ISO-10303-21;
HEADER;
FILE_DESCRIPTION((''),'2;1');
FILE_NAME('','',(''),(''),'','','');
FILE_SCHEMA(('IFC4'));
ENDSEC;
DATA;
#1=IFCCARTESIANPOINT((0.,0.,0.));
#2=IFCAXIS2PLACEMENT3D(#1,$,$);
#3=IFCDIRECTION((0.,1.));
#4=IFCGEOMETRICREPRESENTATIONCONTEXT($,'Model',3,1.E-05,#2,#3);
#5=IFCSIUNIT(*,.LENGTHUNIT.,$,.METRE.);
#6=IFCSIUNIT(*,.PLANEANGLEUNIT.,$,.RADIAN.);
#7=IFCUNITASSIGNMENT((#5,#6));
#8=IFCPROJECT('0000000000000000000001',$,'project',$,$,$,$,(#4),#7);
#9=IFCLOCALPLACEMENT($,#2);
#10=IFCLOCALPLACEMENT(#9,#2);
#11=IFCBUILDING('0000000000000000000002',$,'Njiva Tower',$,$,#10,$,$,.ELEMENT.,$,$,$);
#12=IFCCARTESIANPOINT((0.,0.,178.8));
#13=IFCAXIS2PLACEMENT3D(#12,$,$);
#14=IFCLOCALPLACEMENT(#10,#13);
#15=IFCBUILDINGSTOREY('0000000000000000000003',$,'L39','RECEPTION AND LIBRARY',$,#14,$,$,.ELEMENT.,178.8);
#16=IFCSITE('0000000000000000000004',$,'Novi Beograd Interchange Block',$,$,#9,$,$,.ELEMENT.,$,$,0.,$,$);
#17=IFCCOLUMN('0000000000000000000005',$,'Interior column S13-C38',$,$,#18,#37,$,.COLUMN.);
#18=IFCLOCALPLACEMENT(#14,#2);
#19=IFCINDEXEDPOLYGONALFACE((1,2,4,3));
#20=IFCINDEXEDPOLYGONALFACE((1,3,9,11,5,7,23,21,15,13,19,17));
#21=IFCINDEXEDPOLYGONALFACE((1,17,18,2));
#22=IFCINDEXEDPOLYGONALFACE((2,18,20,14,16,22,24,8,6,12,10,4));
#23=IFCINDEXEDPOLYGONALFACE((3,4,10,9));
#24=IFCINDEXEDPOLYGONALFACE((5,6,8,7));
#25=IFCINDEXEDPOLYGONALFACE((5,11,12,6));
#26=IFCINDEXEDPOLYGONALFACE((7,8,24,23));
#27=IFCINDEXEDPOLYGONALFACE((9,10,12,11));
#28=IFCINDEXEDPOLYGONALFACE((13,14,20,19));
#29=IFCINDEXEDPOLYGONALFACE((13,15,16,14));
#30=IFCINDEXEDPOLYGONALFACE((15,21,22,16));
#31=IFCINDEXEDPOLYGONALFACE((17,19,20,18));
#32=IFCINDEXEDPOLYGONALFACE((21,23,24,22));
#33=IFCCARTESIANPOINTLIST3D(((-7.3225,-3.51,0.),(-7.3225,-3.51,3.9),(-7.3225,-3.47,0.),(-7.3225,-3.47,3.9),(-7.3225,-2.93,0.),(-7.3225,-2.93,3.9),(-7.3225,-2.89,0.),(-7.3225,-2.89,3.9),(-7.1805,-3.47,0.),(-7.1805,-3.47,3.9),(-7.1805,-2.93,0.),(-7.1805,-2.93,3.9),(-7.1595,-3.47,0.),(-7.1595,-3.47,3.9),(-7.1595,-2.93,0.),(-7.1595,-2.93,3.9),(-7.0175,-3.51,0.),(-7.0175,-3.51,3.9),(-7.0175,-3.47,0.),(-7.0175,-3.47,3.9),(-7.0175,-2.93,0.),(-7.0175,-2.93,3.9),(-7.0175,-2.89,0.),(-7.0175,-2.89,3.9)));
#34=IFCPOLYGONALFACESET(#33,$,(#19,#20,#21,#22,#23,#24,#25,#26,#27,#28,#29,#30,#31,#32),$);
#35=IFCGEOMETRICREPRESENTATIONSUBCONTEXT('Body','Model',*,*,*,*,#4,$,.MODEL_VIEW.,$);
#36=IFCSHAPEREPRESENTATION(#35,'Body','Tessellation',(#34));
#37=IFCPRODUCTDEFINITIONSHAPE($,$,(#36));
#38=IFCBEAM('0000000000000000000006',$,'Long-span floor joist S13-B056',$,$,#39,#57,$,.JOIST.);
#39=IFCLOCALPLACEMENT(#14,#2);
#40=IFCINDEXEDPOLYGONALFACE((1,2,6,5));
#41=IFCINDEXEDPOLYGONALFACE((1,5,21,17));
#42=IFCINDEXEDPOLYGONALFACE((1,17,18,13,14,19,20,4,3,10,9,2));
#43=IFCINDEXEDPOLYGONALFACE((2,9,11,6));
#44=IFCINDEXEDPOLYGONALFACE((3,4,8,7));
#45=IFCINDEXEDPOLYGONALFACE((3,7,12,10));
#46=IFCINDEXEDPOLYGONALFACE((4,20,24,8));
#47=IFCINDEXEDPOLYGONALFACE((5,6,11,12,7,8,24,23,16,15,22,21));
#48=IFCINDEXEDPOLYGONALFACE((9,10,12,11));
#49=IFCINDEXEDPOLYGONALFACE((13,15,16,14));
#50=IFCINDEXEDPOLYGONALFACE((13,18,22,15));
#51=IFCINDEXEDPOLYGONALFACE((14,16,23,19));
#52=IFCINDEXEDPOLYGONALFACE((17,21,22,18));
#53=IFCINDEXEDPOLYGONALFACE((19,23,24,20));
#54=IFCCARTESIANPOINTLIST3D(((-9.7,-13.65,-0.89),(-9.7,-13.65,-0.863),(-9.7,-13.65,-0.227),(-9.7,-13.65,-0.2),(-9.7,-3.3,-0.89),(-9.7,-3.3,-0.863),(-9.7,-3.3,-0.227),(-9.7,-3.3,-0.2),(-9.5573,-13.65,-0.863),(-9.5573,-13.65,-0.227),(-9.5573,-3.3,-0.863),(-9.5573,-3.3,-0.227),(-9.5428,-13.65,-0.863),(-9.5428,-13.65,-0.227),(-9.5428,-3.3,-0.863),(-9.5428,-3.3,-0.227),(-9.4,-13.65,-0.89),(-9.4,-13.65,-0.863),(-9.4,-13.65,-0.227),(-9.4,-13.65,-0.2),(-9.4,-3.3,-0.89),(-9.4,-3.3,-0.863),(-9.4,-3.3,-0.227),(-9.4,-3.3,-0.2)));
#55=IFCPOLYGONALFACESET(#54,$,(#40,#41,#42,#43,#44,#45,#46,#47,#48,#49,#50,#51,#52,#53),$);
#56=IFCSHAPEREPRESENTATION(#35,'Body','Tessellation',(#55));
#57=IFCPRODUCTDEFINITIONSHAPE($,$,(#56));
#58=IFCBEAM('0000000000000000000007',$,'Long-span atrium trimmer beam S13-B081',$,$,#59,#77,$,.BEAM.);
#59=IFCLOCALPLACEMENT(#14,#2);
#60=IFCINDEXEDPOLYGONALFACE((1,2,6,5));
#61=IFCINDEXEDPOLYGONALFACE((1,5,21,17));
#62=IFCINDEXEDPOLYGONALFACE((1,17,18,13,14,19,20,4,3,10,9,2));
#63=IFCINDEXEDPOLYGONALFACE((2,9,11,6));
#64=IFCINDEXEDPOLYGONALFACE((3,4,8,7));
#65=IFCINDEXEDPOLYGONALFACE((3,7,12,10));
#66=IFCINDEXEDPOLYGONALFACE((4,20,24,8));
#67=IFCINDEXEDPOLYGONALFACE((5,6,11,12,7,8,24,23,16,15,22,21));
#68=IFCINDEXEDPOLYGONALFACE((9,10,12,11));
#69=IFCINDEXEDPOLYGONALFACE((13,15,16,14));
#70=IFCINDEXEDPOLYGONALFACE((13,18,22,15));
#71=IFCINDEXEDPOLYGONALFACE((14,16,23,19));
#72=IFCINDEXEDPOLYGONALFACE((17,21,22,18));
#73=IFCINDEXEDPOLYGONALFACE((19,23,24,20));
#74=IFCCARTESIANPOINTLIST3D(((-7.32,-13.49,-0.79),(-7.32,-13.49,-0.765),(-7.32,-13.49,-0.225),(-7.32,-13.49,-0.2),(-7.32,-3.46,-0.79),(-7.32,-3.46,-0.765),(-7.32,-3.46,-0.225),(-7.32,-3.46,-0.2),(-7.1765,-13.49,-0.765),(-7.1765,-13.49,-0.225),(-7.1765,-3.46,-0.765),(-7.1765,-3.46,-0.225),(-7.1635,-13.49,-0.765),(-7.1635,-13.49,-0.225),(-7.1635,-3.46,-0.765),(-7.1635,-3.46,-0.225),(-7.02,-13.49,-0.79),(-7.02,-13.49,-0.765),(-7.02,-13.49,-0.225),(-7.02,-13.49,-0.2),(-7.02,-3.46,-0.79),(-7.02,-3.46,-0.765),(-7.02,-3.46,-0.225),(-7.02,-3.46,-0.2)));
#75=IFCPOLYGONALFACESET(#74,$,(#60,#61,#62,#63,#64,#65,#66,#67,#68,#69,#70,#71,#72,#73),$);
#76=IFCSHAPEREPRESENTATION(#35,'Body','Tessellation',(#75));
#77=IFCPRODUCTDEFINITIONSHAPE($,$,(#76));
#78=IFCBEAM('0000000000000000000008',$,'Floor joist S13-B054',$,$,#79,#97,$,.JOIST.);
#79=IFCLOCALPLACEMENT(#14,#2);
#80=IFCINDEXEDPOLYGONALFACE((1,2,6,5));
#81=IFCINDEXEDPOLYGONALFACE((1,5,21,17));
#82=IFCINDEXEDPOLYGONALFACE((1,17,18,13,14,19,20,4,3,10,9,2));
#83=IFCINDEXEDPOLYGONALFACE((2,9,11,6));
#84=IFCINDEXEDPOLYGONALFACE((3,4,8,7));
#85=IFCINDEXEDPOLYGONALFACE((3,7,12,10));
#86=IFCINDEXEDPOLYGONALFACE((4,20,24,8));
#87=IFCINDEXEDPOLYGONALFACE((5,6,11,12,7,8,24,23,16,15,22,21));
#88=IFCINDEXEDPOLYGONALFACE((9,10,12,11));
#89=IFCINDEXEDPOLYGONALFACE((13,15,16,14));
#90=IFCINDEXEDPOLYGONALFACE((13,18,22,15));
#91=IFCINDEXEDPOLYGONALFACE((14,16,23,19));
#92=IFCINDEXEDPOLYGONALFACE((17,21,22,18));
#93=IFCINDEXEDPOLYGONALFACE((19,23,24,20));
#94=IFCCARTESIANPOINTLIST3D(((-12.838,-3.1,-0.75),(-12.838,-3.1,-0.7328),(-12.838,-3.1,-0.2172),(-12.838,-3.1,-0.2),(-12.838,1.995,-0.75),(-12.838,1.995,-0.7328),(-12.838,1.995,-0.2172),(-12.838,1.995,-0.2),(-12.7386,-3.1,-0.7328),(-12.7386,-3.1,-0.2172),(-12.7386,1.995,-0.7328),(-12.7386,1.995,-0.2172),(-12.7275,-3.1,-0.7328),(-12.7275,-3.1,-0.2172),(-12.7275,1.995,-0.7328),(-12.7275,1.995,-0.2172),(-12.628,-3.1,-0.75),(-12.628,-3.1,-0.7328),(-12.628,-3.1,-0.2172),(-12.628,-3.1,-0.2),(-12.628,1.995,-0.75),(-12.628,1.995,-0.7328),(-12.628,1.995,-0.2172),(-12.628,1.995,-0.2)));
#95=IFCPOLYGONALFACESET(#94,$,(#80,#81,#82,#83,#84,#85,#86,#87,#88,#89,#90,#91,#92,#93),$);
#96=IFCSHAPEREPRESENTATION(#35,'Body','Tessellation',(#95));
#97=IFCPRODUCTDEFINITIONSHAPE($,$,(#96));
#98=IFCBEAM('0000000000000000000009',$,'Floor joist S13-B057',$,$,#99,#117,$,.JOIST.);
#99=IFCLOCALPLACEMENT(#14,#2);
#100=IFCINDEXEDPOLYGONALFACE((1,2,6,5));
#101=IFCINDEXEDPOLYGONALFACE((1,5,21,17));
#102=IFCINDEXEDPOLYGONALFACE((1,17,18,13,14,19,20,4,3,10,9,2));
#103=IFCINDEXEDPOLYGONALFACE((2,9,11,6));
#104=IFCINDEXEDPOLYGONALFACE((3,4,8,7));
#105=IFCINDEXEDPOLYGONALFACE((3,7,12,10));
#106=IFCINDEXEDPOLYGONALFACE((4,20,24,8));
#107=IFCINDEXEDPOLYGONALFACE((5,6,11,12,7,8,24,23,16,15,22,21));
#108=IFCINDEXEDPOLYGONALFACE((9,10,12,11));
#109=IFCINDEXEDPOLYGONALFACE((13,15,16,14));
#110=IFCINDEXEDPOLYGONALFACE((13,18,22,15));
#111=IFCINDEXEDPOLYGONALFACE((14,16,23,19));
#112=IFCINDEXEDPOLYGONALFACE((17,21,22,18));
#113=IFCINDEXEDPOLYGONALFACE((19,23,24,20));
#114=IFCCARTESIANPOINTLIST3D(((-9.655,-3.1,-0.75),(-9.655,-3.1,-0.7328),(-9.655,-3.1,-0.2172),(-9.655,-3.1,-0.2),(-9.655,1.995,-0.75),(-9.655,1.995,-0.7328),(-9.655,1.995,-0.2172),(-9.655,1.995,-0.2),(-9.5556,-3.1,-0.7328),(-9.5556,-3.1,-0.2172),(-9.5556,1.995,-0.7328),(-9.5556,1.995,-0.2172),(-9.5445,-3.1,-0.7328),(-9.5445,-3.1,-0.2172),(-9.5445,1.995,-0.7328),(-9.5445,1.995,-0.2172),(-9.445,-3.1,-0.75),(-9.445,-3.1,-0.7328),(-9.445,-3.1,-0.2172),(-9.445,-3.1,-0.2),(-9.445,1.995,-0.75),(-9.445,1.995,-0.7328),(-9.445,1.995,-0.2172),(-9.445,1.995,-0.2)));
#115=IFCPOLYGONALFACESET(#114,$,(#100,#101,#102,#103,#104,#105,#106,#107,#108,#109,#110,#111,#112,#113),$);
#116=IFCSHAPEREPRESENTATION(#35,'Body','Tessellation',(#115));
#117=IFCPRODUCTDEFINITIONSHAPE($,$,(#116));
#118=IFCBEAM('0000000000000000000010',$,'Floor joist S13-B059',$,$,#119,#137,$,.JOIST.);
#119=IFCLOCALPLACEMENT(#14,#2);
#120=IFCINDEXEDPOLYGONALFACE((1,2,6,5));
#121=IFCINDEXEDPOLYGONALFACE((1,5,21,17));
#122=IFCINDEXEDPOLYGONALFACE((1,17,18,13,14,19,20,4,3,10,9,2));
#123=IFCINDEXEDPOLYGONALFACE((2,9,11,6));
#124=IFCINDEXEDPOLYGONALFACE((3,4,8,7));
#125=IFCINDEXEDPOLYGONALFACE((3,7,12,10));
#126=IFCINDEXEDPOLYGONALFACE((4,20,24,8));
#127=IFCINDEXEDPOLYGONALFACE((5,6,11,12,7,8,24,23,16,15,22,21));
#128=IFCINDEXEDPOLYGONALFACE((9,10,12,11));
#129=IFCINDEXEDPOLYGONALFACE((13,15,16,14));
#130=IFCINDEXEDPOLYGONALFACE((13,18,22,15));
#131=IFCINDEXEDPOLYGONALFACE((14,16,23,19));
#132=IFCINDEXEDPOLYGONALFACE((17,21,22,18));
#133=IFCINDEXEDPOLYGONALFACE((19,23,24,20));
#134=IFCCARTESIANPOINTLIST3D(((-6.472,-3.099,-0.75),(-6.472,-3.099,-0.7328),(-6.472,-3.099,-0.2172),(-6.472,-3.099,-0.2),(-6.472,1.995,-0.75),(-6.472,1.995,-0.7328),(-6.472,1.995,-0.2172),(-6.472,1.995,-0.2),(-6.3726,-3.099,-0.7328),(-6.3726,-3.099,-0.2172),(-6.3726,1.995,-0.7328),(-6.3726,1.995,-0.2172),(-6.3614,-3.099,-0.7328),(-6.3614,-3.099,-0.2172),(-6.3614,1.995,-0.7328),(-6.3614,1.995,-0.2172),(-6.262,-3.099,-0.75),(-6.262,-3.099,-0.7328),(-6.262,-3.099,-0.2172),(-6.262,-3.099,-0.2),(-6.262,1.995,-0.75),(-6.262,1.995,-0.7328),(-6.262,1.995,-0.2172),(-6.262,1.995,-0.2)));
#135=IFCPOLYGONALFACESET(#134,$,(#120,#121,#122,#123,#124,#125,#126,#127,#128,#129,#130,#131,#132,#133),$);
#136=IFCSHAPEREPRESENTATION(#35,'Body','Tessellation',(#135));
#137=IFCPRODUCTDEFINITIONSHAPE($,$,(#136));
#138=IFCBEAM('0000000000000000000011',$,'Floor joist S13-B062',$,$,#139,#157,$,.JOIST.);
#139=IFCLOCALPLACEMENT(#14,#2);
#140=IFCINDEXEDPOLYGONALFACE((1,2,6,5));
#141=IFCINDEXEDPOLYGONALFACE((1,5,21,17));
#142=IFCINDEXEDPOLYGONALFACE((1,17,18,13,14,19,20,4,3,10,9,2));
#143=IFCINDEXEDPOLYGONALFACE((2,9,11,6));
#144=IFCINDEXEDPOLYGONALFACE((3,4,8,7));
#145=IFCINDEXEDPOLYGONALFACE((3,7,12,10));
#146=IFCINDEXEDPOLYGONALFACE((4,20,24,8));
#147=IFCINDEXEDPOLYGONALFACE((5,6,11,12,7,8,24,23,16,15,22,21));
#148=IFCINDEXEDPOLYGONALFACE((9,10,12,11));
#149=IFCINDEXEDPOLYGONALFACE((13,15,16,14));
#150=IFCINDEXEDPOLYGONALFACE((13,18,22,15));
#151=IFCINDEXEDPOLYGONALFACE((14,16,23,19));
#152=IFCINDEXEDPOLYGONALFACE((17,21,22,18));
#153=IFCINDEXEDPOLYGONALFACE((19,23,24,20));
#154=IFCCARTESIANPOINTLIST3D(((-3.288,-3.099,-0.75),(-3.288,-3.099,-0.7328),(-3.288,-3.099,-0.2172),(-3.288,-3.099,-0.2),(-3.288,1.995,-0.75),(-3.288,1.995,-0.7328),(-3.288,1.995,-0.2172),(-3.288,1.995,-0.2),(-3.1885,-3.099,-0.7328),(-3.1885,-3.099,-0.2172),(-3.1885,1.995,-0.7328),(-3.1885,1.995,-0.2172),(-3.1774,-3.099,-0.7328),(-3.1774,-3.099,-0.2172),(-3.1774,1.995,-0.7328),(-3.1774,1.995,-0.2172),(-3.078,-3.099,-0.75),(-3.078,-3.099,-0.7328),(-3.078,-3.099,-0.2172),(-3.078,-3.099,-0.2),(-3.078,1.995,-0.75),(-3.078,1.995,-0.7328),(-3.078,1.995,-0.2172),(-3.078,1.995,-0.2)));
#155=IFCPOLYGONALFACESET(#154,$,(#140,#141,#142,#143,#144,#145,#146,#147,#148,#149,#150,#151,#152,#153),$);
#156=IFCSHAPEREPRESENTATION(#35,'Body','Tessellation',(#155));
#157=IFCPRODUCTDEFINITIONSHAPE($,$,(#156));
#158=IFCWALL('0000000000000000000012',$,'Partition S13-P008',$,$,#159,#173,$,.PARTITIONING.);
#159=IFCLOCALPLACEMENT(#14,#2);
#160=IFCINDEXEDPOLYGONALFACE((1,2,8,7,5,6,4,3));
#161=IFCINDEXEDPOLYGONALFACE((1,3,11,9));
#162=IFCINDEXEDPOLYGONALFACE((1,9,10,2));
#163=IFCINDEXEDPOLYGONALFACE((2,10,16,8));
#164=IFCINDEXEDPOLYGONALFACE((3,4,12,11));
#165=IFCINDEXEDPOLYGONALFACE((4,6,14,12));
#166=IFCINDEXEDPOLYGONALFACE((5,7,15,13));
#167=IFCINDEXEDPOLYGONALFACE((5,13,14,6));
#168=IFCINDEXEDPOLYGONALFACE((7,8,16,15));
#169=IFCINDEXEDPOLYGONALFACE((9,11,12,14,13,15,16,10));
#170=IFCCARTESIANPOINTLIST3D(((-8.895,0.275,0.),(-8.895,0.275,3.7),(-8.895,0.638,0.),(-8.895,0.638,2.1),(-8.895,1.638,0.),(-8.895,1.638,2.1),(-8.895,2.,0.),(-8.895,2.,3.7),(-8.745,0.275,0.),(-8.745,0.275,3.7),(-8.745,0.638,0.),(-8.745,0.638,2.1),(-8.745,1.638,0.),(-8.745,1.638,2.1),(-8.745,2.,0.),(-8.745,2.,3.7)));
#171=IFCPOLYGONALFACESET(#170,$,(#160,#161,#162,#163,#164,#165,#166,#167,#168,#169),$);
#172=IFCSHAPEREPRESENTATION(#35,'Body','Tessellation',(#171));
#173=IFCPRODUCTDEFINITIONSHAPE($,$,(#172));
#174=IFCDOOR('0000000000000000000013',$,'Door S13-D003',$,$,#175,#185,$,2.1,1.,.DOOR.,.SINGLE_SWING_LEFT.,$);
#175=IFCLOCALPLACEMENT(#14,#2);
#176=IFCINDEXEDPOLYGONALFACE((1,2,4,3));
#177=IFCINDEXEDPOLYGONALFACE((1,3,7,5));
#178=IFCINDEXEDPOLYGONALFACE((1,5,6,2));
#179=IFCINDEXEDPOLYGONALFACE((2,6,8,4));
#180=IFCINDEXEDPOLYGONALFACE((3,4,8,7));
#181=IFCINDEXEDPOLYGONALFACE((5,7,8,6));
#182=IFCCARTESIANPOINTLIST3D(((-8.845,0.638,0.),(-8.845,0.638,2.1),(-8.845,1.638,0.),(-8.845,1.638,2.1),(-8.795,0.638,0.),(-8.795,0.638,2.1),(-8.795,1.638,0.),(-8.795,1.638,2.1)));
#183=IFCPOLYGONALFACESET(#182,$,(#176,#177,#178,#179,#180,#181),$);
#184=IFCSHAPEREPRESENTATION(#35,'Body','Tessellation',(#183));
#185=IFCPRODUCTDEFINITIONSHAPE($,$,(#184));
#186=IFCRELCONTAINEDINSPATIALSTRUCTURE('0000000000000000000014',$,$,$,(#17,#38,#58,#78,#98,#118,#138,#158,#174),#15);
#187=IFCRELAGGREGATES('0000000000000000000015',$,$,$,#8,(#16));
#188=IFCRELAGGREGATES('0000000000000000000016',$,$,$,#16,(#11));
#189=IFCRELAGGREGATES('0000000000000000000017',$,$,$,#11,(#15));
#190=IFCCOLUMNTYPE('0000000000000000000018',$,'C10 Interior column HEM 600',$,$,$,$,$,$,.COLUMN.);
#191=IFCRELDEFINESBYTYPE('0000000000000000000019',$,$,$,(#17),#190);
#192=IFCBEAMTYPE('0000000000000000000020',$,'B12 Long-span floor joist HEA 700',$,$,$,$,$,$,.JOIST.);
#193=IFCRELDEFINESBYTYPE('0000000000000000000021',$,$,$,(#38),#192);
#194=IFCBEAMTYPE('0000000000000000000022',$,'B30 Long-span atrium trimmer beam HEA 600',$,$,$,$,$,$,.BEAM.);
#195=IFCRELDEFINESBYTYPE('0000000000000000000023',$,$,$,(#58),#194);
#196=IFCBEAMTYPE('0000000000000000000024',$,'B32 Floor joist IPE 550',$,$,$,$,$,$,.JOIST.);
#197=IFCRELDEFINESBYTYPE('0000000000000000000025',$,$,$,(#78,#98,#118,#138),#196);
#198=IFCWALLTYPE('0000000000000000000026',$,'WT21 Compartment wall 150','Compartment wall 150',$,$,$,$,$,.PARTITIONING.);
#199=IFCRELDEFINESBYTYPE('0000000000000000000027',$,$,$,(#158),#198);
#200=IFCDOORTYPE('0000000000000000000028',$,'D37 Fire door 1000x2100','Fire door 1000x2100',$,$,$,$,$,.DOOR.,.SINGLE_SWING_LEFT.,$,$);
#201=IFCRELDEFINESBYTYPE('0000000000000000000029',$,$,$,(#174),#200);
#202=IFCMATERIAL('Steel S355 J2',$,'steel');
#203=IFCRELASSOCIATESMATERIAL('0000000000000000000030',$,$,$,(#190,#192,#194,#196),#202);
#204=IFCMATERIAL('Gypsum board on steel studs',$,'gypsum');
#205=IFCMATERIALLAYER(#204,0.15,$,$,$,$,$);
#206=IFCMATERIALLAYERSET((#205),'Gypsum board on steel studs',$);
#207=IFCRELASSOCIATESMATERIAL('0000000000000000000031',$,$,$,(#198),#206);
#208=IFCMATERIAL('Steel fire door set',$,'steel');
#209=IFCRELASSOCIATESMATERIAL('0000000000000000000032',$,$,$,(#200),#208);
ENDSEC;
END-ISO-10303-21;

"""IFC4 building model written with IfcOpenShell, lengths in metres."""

from ifc_helpers import new_model, si_unit, direction, frame, frame_2d, origin, origin_2d, place, context, subcontext, project, spatial, rectangle, i_section, extrude, material, layer, layer_set, material_profile, profile_set, type_object, element, fill, save


model = new_model("IFC4")

# Units and contexts
model_context = context("Model", 3, precision=1e-05, world=origin(), true_north=direction((0.0, 1.0)))
body_context = subcontext(model_context, "Body", "Model", "MODEL_VIEW")
ifc_project = project(units=[si_unit("LENGTHUNIT", "METRE"), si_unit("PLANEANGLEUNIT", "RADIAN")], contexts=[model_context])

# Site, building, storey
site_placement = place(None, origin())
site = spatial("IfcSite", under=ifc_project, at=site_placement, Name="Novi Beograd Interchange Block", CompositionType="ELEMENT", RefElevation=0.0)
building_placement = place(site_placement, origin())
building = spatial("IfcBuilding", under=site, at=building_placement, Name="Njiva Tower", CompositionType="ELEMENT")
storey_placement = place(building_placement, frame((0.0, 0.0, 178.8)))
storey = spatial("IfcBuildingStorey", under=building, at=storey_placement, Name="L39", Description="RECEPTION AND LIBRARY", CompositionType="ELEMENT", Elevation=178.8)

# Column
ifc_material_1 = material(Name="Steel S355 J2", Category="steel")
ifc_material_profile_1 = material_profile(ifc_material_1, i_section(OverallWidth=0.305, OverallDepth=0.62, WebThickness=0.021, FlangeThickness=0.04, at=origin_2d()), Name="HEM 600")
ifc_profile_set_1 = profile_set([ifc_material_profile_1], Name="Steel S355 J2")
column_type = type_object("IfcColumnType", Name="C10 Interior column HEM 600", PredefinedType="COLUMN", material=ifc_profile_set_1)
column_placement = place(storey_placement, frame((-7.17, -3.2, 0.0), z_axis=(0.0, 0.0, 1.0), x_axis=(1.0, 0.0, 0.0)))
element("IfcColumn", 1, at=column_placement, inside=storey, type_object=column_type, Name="Interior column S13-C38", PredefinedType="COLUMN", context=body_context, shape_type="SweptSolid", body=[
    extrude(i_section(OverallWidth=0.305, OverallDepth=0.62, WebThickness=0.021, FlangeThickness=0.04, at=origin_2d()), origin(), (0.0, 0.0, 1.0), 3.9),
])

# Beams
ifc_material_profile_2 = material_profile(ifc_material_1, i_section(OverallWidth=0.3, OverallDepth=0.69, WebThickness=0.0145, FlangeThickness=0.027, at=origin_2d()), Name="HEA 700")
ifc_profile_set_2 = profile_set([ifc_material_profile_2], Name="Steel S355 J2")
beam_type_1 = type_object("IfcBeamType", Name="B12 Long-span floor joist HEA 700", PredefinedType="JOIST", material=ifc_profile_set_2)
beam_1_placement = place(storey_placement, frame((-9.55, -3.3, -0.545), z_axis=(0.0, -1.0, 0.0), x_axis=(1.0, 0.0, 0.0)))
element("IfcBeam", 2, at=beam_1_placement, inside=storey, type_object=beam_type_1, Name="Long-span floor joist S13-B056", PredefinedType="JOIST", context=body_context, shape_type="SweptSolid", body=[
    extrude(i_section(OverallWidth=0.3, OverallDepth=0.69, WebThickness=0.0145, FlangeThickness=0.027, at=origin_2d()), origin(), (0.0, 0.0, 1.0), 10.35),
])
ifc_material_profile_3 = material_profile(ifc_material_1, i_section(OverallWidth=0.3, OverallDepth=0.59, WebThickness=0.013, FlangeThickness=0.025, at=origin_2d()), Name="HEA 600")
ifc_profile_set_3 = profile_set([ifc_material_profile_3], Name="Steel S355 J2")
beam_type_2 = type_object("IfcBeamType", Name="B30 Long-span atrium trimmer beam HEA 600", PredefinedType="BEAM", material=ifc_profile_set_3)
beam_2_placement = place(storey_placement, frame((-7.17, -3.46, -0.495), z_axis=(0.0, -1.0, 0.0), x_axis=(1.0, 0.0, 0.0)))
element("IfcBeam", 3, at=beam_2_placement, inside=storey, type_object=beam_type_2, Name="Long-span atrium trimmer beam S13-B081", PredefinedType="BEAM", context=body_context, shape_type="SweptSolid", body=[
    extrude(i_section(OverallWidth=0.3, OverallDepth=0.59, WebThickness=0.013, FlangeThickness=0.025, at=origin_2d()), origin(), (0.0, 0.0, 1.0), 10.03),
])
ifc_material_profile_4 = material_profile(ifc_material_1, i_section(OverallWidth=0.21, OverallDepth=0.55, WebThickness=0.0111, FlangeThickness=0.0172, at=origin_2d()), Name="IPE 550")
ifc_profile_set_4 = profile_set([ifc_material_profile_4], Name="Steel S355 J2")
beam_type_3 = type_object("IfcBeamType", Name="B32 Floor joist IPE 550", PredefinedType="JOIST", material=ifc_profile_set_4)
for number, where, z_axis, x_axis, name in (
    (4, (-12.733, 1.995, -0.475), (0.0, -1.0, 0.0), (1.0, 0.0, 0.0), "Floor joist S13-B054"),
    (5, (-9.55, 1.995, -0.475), (0.0, -1.0, 0.0), (1.0, 0.0, 0.0), "Floor joist S13-B057"),
):
    element("IfcBeam", number, at=place(storey_placement, frame(where, z_axis=z_axis, x_axis=x_axis)), inside=storey, type_object=beam_type_3, Name=name, PredefinedType="JOIST", context=body_context, shape_type="SweptSolid", body=[
        extrude(i_section(OverallWidth=0.21, OverallDepth=0.55, WebThickness=0.0111, FlangeThickness=0.0172, at=origin_2d()), origin(), (0.0, 0.0, 1.0), 5.095),
    ])
for number, where, z_axis, x_axis, name in (
    (6, (-6.367, 1.995, -0.475), (0.0, -1.0, 0.0), (1.0, 0.0, 0.0), "Floor joist S13-B059"),
    (7, (-3.183, 1.995, -0.475), (0.0, -1.0, 0.0), (1.0, 0.0, 0.0), "Floor joist S13-B062"),
):
    element("IfcBeam", number, at=place(storey_placement, frame(where, z_axis=z_axis, x_axis=x_axis)), inside=storey, type_object=beam_type_3, Name=name, PredefinedType="JOIST", context=body_context, shape_type="SweptSolid", body=[
        extrude(i_section(OverallWidth=0.21, OverallDepth=0.55, WebThickness=0.0111, FlangeThickness=0.0172, at=origin_2d()), origin(), (0.0, 0.0, 1.0), 5.094),
    ])

# Wall, opening, door
ifc_material_2 = material(Name="Gypsum board on steel studs", Category="gypsum")
ifc_layer_1 = layer(ifc_material_2, 0.15)
ifc_layer_set_1 = layer_set([ifc_layer_1], Name="Gypsum board on steel studs")
wall_type_1 = type_object("IfcWallType", Name="WT21 Compartment wall 150", Description="Compartment wall 150", PredefinedType="PARTITIONING", material=ifc_layer_set_1)
wall_1_placement = place(storey_placement, frame((-8.82, 0.275, 0.0), z_axis=(0.0, 0.0, 1.0), x_axis=(0.0, 1.0, 0.0)))
wall_1 = element("IfcWall", 8, at=wall_1_placement, inside=storey, type_object=wall_type_1, Name="Partition S13-P008", PredefinedType="PARTITIONING", context=body_context, shape_type="SweptSolid", body=[
    extrude(rectangle(XDim=1.725, YDim=0.15, at=frame_2d((0.8625, 0.0))), origin(), (0.0, 0.0, 1.0), 3.7),
])
opening_1_placement = place(wall_1_placement, frame((0.363, 0.0, 0.0)))
opening_1 = element("IfcOpeningElement", 9, at=opening_1_placement, cuts=wall_1, PredefinedType="OPENING", context=body_context, shape_type="SweptSolid", body=[
    extrude(rectangle(XDim=1.0, YDim=2.1, at=frame_2d((0.5, 1.05))), frame((0.0, 0.085, 0.0), z_axis=(0.0, -1.0, 0.0), x_axis=(1.0, 0.0, 0.0)), (0.0, 0.0, 1.0), 0.17),
])
ifc_material_3 = material(Name="Steel fire door set", Category="steel")
door_type = type_object("IfcDoorType", Name="D37 Fire door 1000x2100", Description="Fire door 1000x2100", OperationType="SINGLE_SWING_LEFT", PredefinedType="DOOR", material=ifc_material_3)
door_1_placement = place(opening_1_placement, origin())
door_1 = element("IfcDoor", 10, at=door_1_placement, inside=storey, type_object=door_type, Name="Door S13-D003", OperationType="SINGLE_SWING_LEFT", OverallHeight=2.1, OverallWidth=1.0, PredefinedType="DOOR", context=body_context, shape_type="SweptSolid", body=[
    extrude(rectangle(XDim=1.0, YDim=2.1, at=frame_2d((0.5, 1.05))), frame((0.0, 0.025, 0.0), z_axis=(0.0, -1.0, 0.0), x_axis=(1.0, 0.0, 0.0)), (0.0, 0.0, 1.0), 0.05),
])
fill(opening_1, door_1)

save(model, "model.ifc")
